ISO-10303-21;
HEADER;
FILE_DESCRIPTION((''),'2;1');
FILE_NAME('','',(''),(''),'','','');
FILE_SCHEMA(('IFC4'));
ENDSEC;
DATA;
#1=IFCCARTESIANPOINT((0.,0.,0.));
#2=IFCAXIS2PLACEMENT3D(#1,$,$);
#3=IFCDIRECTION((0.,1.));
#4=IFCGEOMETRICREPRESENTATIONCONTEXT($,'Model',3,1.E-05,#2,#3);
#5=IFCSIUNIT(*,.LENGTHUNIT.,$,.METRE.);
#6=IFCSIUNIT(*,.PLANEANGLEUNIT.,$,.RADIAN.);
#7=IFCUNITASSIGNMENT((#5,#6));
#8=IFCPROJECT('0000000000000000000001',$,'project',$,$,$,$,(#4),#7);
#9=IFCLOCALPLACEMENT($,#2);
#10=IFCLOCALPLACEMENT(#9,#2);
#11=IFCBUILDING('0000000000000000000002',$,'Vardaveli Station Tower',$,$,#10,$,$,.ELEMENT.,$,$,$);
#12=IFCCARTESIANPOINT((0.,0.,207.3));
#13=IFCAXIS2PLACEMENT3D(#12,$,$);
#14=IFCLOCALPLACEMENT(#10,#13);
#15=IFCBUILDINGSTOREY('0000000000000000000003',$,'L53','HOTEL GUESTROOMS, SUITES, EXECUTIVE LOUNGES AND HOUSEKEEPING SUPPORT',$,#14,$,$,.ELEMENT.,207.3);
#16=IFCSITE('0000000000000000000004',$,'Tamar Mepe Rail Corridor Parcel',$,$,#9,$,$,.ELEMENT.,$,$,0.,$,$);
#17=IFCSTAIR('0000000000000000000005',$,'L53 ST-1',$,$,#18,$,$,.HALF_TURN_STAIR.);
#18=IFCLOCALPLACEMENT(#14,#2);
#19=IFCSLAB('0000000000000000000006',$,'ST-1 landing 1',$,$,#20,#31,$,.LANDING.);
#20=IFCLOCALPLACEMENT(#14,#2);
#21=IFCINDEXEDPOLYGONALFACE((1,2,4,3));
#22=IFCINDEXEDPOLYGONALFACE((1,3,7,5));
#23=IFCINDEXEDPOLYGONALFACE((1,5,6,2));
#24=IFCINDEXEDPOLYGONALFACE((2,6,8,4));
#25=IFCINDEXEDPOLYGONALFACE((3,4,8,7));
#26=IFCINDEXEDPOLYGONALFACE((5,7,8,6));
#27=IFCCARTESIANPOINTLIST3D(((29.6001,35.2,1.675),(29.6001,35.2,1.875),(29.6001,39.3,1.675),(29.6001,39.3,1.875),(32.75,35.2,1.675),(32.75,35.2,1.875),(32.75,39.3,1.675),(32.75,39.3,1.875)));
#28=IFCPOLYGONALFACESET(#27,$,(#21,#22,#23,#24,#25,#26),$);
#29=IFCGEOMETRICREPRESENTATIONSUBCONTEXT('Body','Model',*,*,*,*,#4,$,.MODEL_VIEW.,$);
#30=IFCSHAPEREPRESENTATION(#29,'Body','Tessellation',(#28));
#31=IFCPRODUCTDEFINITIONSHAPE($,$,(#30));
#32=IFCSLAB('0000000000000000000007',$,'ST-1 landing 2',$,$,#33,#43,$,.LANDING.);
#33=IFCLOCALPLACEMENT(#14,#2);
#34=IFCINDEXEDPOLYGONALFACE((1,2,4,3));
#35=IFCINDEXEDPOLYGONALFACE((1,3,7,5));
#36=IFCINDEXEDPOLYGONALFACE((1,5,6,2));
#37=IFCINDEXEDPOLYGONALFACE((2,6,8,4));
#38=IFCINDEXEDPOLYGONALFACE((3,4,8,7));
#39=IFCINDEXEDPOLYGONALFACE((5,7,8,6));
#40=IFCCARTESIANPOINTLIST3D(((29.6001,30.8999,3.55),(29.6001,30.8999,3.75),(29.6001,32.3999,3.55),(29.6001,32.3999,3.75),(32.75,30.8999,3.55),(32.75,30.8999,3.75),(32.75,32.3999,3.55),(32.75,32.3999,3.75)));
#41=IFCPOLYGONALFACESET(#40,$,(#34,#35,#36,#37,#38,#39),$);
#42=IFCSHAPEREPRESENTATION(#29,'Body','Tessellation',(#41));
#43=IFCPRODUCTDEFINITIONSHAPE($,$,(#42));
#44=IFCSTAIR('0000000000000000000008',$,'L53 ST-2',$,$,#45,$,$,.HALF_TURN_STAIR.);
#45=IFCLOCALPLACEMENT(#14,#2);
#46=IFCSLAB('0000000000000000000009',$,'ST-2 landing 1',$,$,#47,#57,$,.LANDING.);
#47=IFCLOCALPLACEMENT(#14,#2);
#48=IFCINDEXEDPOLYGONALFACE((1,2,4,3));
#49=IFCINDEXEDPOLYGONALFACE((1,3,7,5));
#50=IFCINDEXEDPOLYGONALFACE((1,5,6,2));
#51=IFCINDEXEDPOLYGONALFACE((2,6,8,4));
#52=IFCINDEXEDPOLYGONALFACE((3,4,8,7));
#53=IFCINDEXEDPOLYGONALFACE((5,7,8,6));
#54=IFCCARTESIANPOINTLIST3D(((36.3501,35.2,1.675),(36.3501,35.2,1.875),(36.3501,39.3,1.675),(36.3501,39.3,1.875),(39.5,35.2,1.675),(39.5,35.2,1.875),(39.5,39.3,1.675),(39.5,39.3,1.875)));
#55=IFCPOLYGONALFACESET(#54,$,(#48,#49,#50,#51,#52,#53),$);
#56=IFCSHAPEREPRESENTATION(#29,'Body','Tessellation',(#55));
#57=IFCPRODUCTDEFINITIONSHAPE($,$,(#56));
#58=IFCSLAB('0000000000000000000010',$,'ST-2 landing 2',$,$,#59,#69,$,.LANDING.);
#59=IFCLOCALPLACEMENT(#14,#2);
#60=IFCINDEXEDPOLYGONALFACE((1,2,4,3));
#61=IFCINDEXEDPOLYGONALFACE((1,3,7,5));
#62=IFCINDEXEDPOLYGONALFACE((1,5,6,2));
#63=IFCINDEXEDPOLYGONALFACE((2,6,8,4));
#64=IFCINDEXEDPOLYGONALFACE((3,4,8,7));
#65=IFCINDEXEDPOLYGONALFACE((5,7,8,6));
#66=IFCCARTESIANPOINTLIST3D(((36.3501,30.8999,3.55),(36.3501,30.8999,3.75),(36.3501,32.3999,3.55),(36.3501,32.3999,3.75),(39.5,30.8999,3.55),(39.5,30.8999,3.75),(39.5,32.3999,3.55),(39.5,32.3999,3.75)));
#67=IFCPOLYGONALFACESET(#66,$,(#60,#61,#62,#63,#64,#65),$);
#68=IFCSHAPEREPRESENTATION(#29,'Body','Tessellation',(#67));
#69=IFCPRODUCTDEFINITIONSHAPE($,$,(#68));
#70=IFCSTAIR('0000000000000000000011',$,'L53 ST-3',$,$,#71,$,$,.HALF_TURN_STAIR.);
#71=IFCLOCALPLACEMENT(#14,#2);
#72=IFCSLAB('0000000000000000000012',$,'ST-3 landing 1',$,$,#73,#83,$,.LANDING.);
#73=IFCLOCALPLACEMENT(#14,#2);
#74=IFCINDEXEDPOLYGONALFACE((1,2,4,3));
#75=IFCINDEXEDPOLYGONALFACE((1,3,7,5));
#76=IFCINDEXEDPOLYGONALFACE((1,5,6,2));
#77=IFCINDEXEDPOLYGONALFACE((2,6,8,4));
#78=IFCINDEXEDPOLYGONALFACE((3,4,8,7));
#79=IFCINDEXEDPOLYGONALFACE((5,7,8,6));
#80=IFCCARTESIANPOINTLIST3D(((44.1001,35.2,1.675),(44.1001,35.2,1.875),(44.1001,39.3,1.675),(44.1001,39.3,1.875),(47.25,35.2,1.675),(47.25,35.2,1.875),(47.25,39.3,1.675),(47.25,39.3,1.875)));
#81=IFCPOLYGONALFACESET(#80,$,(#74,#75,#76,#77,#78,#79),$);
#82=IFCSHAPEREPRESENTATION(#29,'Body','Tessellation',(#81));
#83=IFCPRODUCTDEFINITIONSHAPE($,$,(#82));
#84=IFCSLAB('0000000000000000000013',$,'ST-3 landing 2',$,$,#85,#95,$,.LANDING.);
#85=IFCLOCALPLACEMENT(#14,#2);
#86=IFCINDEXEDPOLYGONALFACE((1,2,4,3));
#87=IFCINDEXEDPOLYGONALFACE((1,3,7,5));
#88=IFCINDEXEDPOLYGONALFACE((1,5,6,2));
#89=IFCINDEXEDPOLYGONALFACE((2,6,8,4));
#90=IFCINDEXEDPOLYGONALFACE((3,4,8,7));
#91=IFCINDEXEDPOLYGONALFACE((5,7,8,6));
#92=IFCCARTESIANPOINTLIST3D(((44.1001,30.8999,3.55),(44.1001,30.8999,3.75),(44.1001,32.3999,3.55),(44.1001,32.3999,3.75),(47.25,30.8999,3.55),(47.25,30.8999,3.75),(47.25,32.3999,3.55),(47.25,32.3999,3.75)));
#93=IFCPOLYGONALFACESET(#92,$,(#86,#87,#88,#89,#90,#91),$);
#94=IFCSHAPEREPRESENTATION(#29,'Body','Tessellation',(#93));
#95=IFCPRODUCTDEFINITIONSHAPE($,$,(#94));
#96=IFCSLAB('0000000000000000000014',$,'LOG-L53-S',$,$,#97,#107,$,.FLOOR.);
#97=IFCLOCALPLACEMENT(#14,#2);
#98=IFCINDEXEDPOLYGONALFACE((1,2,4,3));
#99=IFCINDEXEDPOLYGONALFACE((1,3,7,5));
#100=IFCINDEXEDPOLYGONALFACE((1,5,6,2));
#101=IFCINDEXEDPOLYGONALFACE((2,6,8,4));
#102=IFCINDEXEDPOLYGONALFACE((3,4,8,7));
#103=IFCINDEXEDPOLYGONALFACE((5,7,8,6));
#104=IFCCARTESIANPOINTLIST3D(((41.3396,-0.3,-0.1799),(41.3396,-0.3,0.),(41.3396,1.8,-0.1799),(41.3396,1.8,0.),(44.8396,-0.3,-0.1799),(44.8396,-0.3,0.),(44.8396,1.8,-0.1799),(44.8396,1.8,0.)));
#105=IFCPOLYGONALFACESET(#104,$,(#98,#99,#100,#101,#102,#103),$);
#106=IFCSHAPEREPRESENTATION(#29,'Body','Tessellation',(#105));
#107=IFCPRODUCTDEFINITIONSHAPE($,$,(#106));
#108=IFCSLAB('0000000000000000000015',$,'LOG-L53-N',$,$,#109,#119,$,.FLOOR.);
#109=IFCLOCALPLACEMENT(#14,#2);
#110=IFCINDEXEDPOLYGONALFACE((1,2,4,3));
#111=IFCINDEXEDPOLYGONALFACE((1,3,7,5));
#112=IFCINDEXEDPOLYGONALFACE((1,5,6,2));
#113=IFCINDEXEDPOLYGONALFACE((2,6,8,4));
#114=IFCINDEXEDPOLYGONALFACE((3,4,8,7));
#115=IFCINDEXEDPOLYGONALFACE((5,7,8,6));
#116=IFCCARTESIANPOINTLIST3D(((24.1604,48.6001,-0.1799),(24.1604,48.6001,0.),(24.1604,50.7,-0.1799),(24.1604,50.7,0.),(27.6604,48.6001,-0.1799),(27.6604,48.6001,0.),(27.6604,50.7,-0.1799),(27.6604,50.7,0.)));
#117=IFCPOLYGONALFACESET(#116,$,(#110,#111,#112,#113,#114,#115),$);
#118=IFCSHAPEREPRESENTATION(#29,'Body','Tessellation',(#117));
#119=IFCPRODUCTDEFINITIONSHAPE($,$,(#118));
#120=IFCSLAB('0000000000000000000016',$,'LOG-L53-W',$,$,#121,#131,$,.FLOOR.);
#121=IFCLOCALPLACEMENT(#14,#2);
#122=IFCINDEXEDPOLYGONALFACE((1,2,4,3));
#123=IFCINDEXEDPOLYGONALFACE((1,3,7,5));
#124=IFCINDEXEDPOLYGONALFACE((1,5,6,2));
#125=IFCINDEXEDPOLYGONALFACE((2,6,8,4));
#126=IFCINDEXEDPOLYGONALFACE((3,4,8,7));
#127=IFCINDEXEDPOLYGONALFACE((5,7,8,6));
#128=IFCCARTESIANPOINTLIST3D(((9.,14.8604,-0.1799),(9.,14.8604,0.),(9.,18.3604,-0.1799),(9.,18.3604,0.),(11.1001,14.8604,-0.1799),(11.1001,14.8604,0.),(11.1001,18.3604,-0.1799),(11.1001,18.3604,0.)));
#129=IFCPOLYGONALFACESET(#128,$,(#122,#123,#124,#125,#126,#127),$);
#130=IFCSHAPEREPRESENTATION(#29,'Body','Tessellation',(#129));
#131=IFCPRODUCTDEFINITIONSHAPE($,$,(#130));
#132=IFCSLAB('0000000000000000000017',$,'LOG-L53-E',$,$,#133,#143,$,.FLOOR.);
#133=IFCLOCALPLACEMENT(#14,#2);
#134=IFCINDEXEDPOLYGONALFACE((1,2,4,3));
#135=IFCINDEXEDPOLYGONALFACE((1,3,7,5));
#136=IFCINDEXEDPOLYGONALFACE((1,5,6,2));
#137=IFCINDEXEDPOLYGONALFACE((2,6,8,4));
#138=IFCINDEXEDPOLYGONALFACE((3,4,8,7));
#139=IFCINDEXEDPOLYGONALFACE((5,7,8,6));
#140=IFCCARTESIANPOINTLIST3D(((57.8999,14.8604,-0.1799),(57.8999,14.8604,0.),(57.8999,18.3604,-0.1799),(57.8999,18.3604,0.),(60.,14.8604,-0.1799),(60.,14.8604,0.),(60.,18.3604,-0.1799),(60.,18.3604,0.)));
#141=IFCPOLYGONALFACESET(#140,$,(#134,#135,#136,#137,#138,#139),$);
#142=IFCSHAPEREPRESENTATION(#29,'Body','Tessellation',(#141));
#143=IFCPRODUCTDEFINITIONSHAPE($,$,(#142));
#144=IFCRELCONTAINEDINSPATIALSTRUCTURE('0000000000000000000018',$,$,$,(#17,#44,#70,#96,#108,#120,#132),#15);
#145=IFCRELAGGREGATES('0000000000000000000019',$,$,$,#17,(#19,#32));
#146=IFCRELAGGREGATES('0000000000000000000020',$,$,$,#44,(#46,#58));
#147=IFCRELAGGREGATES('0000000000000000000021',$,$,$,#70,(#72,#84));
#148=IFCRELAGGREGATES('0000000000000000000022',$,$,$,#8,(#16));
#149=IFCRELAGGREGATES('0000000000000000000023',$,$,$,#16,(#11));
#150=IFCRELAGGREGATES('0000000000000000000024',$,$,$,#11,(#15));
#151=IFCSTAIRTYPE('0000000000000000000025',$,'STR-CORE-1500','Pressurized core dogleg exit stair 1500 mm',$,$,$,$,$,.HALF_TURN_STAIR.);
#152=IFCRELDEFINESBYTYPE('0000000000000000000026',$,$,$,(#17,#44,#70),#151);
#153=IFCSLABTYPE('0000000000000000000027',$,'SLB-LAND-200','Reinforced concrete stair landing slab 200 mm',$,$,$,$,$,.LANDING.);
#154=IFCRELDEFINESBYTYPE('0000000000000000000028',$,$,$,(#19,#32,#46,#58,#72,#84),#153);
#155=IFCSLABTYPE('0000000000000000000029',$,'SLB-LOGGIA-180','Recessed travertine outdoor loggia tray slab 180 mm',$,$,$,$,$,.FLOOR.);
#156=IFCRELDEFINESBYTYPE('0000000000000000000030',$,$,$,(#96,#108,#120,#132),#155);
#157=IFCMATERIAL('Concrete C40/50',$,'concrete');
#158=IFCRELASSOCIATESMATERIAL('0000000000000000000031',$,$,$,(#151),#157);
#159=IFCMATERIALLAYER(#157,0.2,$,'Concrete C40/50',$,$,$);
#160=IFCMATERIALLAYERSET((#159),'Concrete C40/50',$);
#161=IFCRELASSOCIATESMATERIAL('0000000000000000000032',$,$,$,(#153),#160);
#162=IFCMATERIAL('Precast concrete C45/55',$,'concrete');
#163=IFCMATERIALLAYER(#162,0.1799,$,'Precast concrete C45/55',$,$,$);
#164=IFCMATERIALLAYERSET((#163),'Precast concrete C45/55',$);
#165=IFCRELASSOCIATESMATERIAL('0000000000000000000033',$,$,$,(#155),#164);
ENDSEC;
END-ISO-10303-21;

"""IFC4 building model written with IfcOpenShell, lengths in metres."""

from ifc_helpers import new_model, si_unit, direction, frame, origin, place, context, subcontext, project, spatial, polyline, outline, extrude, material, layer, layer_set, type_object, element, aggregate, save


model = new_model("IFC4")

# Units and contexts
model_context = context("Model", 3, precision=1e-05, world=origin(), true_north=direction((0.0, 1.0)))
body_context = subcontext(model_context, "Body", "Model", "MODEL_VIEW")
ifc_project = project(units=[si_unit("LENGTHUNIT", "METRE"), si_unit("PLANEANGLEUNIT", "RADIAN")], contexts=[model_context])

# Site, building, storey
site_placement = place(None, origin())
site = spatial("IfcSite", under=ifc_project, at=site_placement, Name="Tamar Mepe Rail Corridor Parcel", CompositionType="ELEMENT", RefElevation=0.0)
building_placement = place(site_placement, origin())
building = spatial("IfcBuilding", under=site, at=building_placement, Name="Vardaveli Station Tower", CompositionType="ELEMENT")
storey_placement = place(building_placement, frame((0.0, 0.0, 207.3)))
storey = spatial("IfcBuildingStorey", under=building, at=storey_placement, Name="L53", Description="HOTEL GUESTROOMS, SUITES, EXECUTIVE LOUNGES AND HOUSEKEEPING SUPPORT", CompositionType="ELEMENT", Elevation=207.3)

# Stairs, slabs
ifc_material_1 = material(Name="Concrete C40/50", Category="concrete")
stair_type = type_object("IfcStairType", Name="STR-CORE-1500", Description="Pressurized core dogleg exit stair 1500 mm", PredefinedType="HALF_TURN_STAIR", material=ifc_material_1)
stair_1_placement = place(storey_placement, origin())
stair_1 = element("IfcStair", 1, at=stair_1_placement, inside=storey, type_object=stair_type, Name="L53 ST-1", PredefinedType="HALF_TURN_STAIR")
ifc_layer_1 = layer(ifc_material_1, 0.2, Name="Concrete C40/50")
ifc_layer_set_1 = layer_set([ifc_layer_1], Name="Concrete C40/50")
slab_type_1 = type_object("IfcSlabType", Name="SLB-LAND-200", Description="Reinforced concrete stair landing slab 200 mm", PredefinedType="LANDING", material=ifc_layer_set_1)
slab_1_placement = place(storey_placement, frame((0.0, 0.0, 1.675)))
slab_1 = element("IfcSlab", 2, at=slab_1_placement, type_object=slab_type_1, Name="ST-1 landing 1", PredefinedType="LANDING", context=body_context, shape_type="SweptSolid", body=[
    extrude(outline(polyline([(32.75, 35.2), (32.75, 39.3), (29.6001, 39.3), (29.6001, 35.2), (32.75, 35.2)])), origin(), (0.0, 0.0, 1.0), 0.2),
])
slab_2_placement = place(storey_placement, frame((0.0, 0.0, 3.55)))
slab_2 = element("IfcSlab", 3, at=slab_2_placement, type_object=slab_type_1, Name="ST-1 landing 2", PredefinedType="LANDING", context=body_context, shape_type="SweptSolid", body=[
    extrude(outline(polyline([(32.75, 30.8999), (32.75, 32.3999), (29.6001, 32.3999), (29.6001, 30.8999), (32.75, 30.8999)])), origin(), (0.0, 0.0, 1.0), 0.2),
])
aggregate(stair_1, [slab_1, slab_2])
stair_2_placement = place(storey_placement, origin())
stair_2 = element("IfcStair", 4, at=stair_2_placement, inside=storey, type_object=stair_type, Name="L53 ST-2", PredefinedType="HALF_TURN_STAIR")
slab_3_placement = place(storey_placement, frame((0.0, 0.0, 1.675)))
slab_3 = element("IfcSlab", 5, at=slab_3_placement, type_object=slab_type_1, Name="ST-2 landing 1", PredefinedType="LANDING", context=body_context, shape_type="SweptSolid", body=[
    extrude(outline(polyline([(39.5, 35.2), (39.5, 39.3), (36.3501, 39.3), (36.3501, 35.2), (39.5, 35.2)])), origin(), (0.0, 0.0, 1.0), 0.2),
])
slab_4_placement = place(storey_placement, frame((0.0, 0.0, 3.55)))
slab_4 = element("IfcSlab", 6, at=slab_4_placement, type_object=slab_type_1, Name="ST-2 landing 2", PredefinedType="LANDING", context=body_context, shape_type="SweptSolid", body=[
    extrude(outline(polyline([(39.5, 30.8999), (39.5, 32.3999), (36.3501, 32.3999), (36.3501, 30.8999), (39.5, 30.8999)])), origin(), (0.0, 0.0, 1.0), 0.2),
])
aggregate(stair_2, [slab_3, slab_4])
stair_3_placement = place(storey_placement, origin())
stair_3 = element("IfcStair", 7, at=stair_3_placement, inside=storey, type_object=stair_type, Name="L53 ST-3", PredefinedType="HALF_TURN_STAIR")
slab_5_placement = place(storey_placement, frame((0.0, 0.0, 1.675)))
slab_5 = element("IfcSlab", 8, at=slab_5_placement, type_object=slab_type_1, Name="ST-3 landing 1", PredefinedType="LANDING", context=body_context, shape_type="SweptSolid", body=[
    extrude(outline(polyline([(47.25, 35.2), (47.25, 39.3), (44.1001, 39.3), (44.1001, 35.2), (47.25, 35.2)])), origin(), (0.0, 0.0, 1.0), 0.2),
])
slab_6_placement = place(storey_placement, frame((0.0, 0.0, 3.55)))
slab_6 = element("IfcSlab", 9, at=slab_6_placement, type_object=slab_type_1, Name="ST-3 landing 2", PredefinedType="LANDING", context=body_context, shape_type="SweptSolid", body=[
    extrude(outline(polyline([(47.25, 30.8999), (47.25, 32.3999), (44.1001, 32.3999), (44.1001, 30.8999), (47.25, 30.8999)])), origin(), (0.0, 0.0, 1.0), 0.2),
])
aggregate(stair_3, [slab_5, slab_6])

# Slabs
ifc_material_2 = material(Name="Precast concrete C45/55", Category="concrete")
ifc_layer_2 = layer(ifc_material_2, 0.1799, Name="Precast concrete C45/55")
ifc_layer_set_2 = layer_set([ifc_layer_2], Name="Precast concrete C45/55")
slab_type_2 = type_object("IfcSlabType", Name="SLB-LOGGIA-180", Description="Recessed travertine outdoor loggia tray slab 180 mm", PredefinedType="FLOOR", material=ifc_layer_set_2)
slab_7_placement = place(storey_placement, frame((0.0, 0.0, -0.1799)))
element("IfcSlab", 10, at=slab_7_placement, inside=storey, type_object=slab_type_2, Name="LOG-L53-S", PredefinedType="FLOOR", context=body_context, shape_type="SweptSolid", body=[
    extrude(outline(polyline([(41.3396, -0.3), (44.8396, -0.3), (44.8396, 1.8), (41.3396, 1.8), (41.3396, -0.3)])), origin(), (0.0, 0.0, 1.0), 0.1799),
])
slab_8_placement = place(storey_placement, frame((0.0, 0.0, -0.1799)))
element("IfcSlab", 11, at=slab_8_placement, inside=storey, type_object=slab_type_2, Name="LOG-L53-N", PredefinedType="FLOOR", context=body_context, shape_type="SweptSolid", body=[
    extrude(outline(polyline([(24.1604, 48.6001), (27.6604, 48.6001), (27.6604, 50.7), (24.1604, 50.7), (24.1604, 48.6001)])), origin(), (0.0, 0.0, 1.0), 0.1799),
])
slab_9_placement = place(storey_placement, frame((0.0, 0.0, -0.1799)))
element("IfcSlab", 12, at=slab_9_placement, inside=storey, type_object=slab_type_2, Name="LOG-L53-W", PredefinedType="FLOOR", context=body_context, shape_type="SweptSolid", body=[
    extrude(outline(polyline([(9.0, 14.8604), (11.1001, 14.8604), (11.1001, 18.3604), (9.0, 18.3604), (9.0, 14.8604)])), origin(), (0.0, 0.0, 1.0), 0.1799),
])
slab_10_placement = place(storey_placement, frame((0.0, 0.0, -0.1799)))
element("IfcSlab", 13, at=slab_10_placement, inside=storey, type_object=slab_type_2, Name="LOG-L53-E", PredefinedType="FLOOR", context=body_context, shape_type="SweptSolid", body=[
    extrude(outline(polyline([(57.8999, 14.8604), (60.0, 14.8604), (60.0, 18.3604), (57.8999, 18.3604), (57.8999, 14.8604)])), origin(), (0.0, 0.0, 1.0), 0.1799),
])

save(model, "model.ifc")
